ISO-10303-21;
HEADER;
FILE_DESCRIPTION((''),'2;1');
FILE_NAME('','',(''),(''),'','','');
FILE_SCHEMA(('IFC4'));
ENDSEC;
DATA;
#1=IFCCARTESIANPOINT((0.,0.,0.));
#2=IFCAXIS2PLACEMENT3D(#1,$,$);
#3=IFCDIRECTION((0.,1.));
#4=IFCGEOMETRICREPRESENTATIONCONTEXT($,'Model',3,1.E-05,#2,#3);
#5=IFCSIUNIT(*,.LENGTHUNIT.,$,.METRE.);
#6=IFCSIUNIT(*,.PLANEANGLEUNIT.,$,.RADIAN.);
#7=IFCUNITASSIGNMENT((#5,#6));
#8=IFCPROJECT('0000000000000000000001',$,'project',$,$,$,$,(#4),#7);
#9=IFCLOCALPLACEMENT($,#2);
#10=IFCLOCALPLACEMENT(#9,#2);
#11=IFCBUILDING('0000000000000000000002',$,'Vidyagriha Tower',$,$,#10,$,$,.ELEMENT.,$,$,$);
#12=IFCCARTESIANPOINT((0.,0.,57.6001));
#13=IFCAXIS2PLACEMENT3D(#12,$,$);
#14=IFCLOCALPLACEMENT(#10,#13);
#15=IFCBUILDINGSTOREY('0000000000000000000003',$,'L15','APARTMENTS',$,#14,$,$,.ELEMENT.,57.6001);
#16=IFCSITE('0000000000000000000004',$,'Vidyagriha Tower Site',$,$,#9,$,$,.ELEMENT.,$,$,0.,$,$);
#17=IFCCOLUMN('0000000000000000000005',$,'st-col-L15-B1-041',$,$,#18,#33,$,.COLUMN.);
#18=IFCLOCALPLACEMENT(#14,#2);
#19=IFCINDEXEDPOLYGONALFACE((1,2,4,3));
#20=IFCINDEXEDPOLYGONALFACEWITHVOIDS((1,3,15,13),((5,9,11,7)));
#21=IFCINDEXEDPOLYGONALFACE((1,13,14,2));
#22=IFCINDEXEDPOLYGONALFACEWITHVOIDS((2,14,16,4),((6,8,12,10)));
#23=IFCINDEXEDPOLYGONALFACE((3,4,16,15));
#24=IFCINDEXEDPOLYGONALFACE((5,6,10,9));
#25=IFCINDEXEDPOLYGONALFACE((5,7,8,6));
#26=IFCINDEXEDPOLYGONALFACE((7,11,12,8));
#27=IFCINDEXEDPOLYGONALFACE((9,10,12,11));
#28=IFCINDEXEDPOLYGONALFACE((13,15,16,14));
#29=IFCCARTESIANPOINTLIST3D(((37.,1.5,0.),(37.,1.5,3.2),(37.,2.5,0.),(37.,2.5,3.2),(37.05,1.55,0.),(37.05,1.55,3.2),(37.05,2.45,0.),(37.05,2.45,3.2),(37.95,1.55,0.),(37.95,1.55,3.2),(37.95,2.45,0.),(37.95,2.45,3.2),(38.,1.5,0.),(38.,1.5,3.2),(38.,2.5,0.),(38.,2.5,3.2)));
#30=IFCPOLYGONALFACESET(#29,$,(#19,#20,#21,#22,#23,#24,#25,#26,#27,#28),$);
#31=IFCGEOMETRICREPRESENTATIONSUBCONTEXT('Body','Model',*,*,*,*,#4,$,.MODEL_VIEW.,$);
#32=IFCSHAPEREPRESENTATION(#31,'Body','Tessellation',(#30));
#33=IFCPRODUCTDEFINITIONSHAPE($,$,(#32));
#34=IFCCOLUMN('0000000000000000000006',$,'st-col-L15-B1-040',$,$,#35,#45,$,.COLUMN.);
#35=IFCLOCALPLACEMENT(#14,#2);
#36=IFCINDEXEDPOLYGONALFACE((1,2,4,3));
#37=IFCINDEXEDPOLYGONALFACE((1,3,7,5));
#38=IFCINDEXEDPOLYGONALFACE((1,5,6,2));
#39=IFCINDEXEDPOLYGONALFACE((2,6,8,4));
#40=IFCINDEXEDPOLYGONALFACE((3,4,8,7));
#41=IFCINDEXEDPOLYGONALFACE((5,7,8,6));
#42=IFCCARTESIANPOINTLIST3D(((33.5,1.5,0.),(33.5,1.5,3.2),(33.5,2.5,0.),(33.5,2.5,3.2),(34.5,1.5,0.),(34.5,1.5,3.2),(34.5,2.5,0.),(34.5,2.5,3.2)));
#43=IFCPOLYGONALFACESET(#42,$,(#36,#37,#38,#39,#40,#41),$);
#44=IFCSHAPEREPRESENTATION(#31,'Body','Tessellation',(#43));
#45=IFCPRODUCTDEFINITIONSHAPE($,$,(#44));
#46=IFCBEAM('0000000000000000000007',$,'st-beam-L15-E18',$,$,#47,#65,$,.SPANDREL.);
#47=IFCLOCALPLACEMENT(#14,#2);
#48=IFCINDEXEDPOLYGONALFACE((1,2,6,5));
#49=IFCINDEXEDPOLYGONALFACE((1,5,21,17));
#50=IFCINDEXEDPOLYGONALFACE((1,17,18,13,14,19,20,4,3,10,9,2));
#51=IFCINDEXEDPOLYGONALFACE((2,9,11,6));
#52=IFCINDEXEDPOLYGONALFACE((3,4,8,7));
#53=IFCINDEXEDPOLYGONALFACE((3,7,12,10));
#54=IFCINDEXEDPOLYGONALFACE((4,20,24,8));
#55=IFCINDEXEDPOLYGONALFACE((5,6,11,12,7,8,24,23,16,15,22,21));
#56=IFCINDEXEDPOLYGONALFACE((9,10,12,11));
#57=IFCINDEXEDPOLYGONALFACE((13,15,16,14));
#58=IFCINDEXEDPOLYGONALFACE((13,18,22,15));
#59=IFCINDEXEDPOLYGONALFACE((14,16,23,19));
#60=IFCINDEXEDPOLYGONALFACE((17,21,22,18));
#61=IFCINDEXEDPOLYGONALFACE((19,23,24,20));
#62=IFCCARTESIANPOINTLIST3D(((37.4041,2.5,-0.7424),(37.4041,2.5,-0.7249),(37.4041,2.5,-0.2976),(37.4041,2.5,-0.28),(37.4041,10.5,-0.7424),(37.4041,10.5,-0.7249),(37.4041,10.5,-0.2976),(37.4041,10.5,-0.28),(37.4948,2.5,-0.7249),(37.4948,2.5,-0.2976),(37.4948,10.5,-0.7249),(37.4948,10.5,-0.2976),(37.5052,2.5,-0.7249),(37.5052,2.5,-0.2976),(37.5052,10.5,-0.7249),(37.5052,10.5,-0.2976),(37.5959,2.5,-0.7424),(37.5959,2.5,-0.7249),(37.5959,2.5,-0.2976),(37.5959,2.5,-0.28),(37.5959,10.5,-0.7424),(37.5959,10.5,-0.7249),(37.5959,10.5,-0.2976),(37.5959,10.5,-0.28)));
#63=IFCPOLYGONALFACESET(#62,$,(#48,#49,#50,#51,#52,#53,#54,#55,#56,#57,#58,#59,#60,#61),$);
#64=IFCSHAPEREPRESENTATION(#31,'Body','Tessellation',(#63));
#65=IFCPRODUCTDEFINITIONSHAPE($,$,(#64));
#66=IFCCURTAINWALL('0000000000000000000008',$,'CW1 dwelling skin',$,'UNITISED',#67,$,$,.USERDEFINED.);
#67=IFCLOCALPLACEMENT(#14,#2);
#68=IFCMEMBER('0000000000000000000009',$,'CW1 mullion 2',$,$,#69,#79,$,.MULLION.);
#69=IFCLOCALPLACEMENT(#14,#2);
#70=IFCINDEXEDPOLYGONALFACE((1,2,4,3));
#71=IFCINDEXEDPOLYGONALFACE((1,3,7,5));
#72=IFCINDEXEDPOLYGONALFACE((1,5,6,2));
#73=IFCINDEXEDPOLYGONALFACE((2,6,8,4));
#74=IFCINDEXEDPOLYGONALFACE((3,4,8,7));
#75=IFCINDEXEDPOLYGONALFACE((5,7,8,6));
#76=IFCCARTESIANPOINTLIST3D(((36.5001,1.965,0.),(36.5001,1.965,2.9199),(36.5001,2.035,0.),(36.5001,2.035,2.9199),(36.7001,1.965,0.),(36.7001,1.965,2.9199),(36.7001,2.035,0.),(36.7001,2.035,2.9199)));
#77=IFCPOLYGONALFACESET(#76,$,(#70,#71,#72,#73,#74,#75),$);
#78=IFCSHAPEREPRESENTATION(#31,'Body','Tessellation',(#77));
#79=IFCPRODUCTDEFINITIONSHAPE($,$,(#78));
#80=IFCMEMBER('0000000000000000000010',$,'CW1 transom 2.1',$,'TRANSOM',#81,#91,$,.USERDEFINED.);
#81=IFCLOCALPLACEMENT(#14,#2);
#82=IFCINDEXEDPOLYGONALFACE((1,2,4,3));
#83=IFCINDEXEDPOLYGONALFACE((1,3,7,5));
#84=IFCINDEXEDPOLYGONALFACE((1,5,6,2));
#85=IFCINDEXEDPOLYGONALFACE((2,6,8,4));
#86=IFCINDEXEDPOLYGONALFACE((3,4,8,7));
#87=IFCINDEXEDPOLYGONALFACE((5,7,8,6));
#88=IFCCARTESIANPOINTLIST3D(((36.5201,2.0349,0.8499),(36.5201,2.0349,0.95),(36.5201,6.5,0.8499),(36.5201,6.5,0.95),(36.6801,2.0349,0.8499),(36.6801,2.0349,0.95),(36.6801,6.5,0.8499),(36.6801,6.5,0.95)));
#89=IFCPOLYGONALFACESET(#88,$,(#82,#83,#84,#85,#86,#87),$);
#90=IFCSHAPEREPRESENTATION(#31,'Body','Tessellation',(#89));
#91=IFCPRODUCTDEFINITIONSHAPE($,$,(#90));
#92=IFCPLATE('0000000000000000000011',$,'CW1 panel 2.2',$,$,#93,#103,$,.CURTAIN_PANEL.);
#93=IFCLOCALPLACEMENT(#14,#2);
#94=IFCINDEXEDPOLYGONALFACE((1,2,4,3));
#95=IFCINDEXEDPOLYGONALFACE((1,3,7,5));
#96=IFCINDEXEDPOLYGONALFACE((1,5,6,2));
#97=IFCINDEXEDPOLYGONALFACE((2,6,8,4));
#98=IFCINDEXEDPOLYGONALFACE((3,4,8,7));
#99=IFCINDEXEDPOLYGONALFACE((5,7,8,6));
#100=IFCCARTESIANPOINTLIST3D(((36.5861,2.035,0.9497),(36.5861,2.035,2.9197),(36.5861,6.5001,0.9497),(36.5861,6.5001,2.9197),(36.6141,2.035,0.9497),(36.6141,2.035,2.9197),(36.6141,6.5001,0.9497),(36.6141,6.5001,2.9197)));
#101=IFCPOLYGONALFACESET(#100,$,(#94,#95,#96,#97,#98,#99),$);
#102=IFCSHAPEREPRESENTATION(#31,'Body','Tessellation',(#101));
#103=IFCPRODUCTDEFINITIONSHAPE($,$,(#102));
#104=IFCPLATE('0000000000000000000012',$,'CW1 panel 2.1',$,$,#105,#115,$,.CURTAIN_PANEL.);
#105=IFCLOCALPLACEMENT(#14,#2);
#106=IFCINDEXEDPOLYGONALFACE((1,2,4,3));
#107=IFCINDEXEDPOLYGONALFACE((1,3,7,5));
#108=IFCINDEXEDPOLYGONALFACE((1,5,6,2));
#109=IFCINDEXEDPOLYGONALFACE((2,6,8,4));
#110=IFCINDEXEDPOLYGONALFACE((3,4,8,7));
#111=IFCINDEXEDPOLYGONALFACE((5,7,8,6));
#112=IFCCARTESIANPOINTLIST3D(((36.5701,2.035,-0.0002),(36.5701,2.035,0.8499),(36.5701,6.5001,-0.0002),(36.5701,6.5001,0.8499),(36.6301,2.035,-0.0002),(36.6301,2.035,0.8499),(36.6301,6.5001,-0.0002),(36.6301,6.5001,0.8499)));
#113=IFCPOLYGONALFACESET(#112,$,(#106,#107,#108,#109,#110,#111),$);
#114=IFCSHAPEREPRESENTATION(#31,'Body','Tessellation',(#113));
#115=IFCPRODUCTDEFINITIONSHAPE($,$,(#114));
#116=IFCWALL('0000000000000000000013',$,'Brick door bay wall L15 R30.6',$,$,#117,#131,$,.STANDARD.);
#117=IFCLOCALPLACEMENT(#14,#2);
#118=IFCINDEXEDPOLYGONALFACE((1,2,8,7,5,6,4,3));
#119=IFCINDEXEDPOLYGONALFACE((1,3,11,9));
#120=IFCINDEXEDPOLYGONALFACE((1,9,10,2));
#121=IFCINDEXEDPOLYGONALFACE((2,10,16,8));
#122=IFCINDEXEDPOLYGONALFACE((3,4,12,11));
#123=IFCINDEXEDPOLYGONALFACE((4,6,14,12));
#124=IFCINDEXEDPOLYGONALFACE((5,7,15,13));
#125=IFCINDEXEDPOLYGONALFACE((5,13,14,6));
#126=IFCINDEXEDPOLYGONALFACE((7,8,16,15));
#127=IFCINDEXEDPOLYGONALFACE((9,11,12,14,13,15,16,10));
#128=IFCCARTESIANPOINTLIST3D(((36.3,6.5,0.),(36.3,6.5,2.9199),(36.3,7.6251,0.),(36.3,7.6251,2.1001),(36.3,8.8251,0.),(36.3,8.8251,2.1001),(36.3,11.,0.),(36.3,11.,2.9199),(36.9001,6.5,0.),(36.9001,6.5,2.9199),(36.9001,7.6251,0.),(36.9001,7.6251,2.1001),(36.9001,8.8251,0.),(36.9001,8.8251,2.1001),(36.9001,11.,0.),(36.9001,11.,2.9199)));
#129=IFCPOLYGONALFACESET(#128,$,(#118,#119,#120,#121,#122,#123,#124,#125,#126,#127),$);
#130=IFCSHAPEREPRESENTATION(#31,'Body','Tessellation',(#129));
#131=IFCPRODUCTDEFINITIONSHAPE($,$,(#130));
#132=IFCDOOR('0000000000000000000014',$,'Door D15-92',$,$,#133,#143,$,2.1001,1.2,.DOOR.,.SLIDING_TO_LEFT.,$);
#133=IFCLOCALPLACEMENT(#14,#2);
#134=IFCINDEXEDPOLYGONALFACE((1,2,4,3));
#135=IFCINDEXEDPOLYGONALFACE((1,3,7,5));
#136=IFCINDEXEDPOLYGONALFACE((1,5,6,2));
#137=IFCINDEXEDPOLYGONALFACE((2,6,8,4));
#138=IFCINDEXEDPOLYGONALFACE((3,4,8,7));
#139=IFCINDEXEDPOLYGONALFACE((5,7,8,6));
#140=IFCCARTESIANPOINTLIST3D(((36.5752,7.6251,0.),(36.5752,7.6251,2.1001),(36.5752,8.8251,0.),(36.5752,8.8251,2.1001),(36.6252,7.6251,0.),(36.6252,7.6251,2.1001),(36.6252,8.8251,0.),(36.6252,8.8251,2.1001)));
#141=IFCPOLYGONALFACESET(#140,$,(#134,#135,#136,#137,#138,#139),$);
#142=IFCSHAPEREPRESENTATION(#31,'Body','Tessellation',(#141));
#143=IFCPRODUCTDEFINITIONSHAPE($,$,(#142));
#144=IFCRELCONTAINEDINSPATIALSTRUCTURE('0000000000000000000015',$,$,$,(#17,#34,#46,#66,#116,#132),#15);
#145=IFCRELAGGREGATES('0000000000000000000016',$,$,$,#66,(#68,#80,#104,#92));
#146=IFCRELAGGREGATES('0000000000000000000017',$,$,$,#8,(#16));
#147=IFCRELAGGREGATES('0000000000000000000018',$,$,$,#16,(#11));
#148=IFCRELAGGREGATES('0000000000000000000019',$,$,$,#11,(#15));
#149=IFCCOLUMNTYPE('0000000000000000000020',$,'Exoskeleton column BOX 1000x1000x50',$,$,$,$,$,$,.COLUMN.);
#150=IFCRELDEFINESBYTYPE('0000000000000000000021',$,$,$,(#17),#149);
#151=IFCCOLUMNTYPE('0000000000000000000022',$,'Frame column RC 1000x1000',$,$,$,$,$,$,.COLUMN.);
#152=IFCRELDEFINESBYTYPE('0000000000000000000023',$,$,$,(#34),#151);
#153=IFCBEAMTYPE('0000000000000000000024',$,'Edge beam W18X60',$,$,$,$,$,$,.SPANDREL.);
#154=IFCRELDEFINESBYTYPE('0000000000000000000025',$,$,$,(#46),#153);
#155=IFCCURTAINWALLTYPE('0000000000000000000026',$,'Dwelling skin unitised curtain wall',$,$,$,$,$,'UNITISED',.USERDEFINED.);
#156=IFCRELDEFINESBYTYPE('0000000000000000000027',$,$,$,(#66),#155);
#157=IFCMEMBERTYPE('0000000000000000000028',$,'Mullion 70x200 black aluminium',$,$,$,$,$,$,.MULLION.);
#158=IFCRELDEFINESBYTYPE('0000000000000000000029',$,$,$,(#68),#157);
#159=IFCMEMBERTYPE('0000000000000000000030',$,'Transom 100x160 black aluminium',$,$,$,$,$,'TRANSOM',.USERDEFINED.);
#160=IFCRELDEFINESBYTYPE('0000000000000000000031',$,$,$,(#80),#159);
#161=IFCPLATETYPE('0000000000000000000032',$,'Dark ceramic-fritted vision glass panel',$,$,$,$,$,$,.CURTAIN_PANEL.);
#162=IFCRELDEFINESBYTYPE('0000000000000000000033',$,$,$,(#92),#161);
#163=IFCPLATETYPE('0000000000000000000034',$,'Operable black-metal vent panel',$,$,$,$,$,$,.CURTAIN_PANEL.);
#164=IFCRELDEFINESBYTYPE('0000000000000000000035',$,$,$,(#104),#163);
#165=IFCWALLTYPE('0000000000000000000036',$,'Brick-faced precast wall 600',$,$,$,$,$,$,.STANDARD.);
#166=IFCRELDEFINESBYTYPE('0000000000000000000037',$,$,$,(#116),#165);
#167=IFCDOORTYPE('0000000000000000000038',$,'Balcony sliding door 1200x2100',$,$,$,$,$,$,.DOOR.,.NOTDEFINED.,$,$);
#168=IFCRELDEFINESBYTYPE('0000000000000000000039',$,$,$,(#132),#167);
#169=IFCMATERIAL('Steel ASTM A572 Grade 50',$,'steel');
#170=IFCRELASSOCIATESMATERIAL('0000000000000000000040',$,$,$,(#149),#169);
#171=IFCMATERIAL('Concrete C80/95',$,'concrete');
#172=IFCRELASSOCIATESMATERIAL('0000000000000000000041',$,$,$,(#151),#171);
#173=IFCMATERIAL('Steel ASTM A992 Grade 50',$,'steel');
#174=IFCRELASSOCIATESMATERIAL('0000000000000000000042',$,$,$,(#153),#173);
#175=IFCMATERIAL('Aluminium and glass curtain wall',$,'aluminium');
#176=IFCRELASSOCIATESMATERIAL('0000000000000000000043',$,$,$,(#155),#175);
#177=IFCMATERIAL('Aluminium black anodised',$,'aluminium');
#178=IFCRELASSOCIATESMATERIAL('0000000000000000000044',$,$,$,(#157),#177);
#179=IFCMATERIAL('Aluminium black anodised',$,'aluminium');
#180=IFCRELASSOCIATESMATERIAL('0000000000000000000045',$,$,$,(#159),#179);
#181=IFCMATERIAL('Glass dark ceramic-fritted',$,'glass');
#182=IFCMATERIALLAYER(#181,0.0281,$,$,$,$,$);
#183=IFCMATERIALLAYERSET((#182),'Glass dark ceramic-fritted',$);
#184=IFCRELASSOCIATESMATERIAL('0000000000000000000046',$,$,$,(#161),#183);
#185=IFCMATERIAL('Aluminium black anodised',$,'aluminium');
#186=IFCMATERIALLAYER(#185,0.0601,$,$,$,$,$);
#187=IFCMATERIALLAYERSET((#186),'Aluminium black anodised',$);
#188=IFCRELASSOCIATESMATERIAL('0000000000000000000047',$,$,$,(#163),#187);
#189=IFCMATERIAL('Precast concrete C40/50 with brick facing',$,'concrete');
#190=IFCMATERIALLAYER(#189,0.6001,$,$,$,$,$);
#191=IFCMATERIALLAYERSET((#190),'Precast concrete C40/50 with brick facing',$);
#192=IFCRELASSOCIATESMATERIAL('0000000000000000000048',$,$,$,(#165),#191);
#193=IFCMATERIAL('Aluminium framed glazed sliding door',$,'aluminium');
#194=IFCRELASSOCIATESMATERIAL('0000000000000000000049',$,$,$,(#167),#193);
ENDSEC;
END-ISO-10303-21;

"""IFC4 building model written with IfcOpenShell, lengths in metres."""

from ifc_helpers import new_model, si_unit, direction, frame, frame_2d, origin, origin_2d, place, context, subcontext, project, spatial, rectangle, hollow_rectangle, i_section, extrude, material, layer, layer_set, material_profile, profile_set, type_object, element, fill, aggregate, save


model = new_model("IFC4")

# Units and contexts
model_context = context("Model", 3, precision=1e-05, world=origin(), true_north=direction((0.0, 1.0)))
body_context = subcontext(model_context, "Body", "Model", "MODEL_VIEW")
ifc_project = project(units=[si_unit("LENGTHUNIT", "METRE"), si_unit("PLANEANGLEUNIT", "RADIAN")], contexts=[model_context])

# Site, building, storey
site_placement = place(None, origin())
site = spatial("IfcSite", under=ifc_project, at=site_placement, Name="Vidyagriha Tower Site", CompositionType="ELEMENT", RefElevation=0.0)
building_placement = place(site_placement, origin())
building = spatial("IfcBuilding", under=site, at=building_placement, Name="Vidyagriha Tower", CompositionType="ELEMENT")
storey_placement = place(building_placement, frame((0.0, 0.0, 57.6001)))
storey = spatial("IfcBuildingStorey", under=building, at=storey_placement, Name="L15", Description="APARTMENTS", CompositionType="ELEMENT", Elevation=57.6001)

# Columns
ifc_material_1 = material(Name="Steel ASTM A572 Grade 50", Category="steel")
ifc_material_profile_1 = material_profile(ifc_material_1, hollow_rectangle(XDim=1.0, YDim=1.0, WallThickness=0.05, at=origin_2d()), Name="BOX 1000x1000x50")
ifc_profile_set_1 = profile_set([ifc_material_profile_1], Name="Steel ASTM A572 Grade 50")
column_type_1 = type_object("IfcColumnType", Name="Exoskeleton column BOX 1000x1000x50", PredefinedType="COLUMN", material=ifc_profile_set_1)
column_1_placement = place(storey_placement, frame((37.5, 2.0, 0.0)))
element("IfcColumn", 1, at=column_1_placement, inside=storey, type_object=column_type_1, Name="st-col-L15-B1-041", PredefinedType="COLUMN", context=body_context, shape_type="SweptSolid", body=[
    extrude(hollow_rectangle(XDim=1.0, YDim=1.0, WallThickness=0.05, at=origin_2d()), origin(), (0.0, 0.0, 1.0), 3.2),
])
ifc_material_2 = material(Name="Concrete C80/95", Category="concrete")
ifc_material_profile_2 = material_profile(ifc_material_2, rectangle(XDim=1.0, YDim=1.0, at=origin_2d()), Name="RC 1000x1000")
ifc_profile_set_2 = profile_set([ifc_material_profile_2], Name="Concrete C80/95")
column_type_2 = type_object("IfcColumnType", Name="Frame column RC 1000x1000", PredefinedType="COLUMN", material=ifc_profile_set_2)
column_2_placement = place(storey_placement, frame((34.0, 2.0, 0.0)))
element("IfcColumn", 2, at=column_2_placement, inside=storey, type_object=column_type_2, Name="st-col-L15-B1-040", PredefinedType="COLUMN", context=body_context, shape_type="SweptSolid", body=[
    extrude(rectangle(XDim=1.0, YDim=1.0, at=origin_2d()), origin(), (0.0, 0.0, 1.0), 3.2),
])

# Beam
ifc_material_3 = material(Name="Steel ASTM A992 Grade 50", Category="steel")
ifc_material_profile_3 = material_profile(ifc_material_3, i_section(OverallWidth=0.1919, OverallDepth=0.4624, WebThickness=0.0105, FlangeThickness=0.0176, at=origin_2d()), Name="W18X60")
ifc_profile_set_3 = profile_set([ifc_material_profile_3], Name="Steel ASTM A992 Grade 50")
beam_type = type_object("IfcBeamType", Name="Edge beam W18X60", PredefinedType="SPANDREL", material=ifc_profile_set_3)
beam_placement = place(storey_placement, frame((37.5, 2.5, -0.5112), z_axis=(0.0, 1.0, 0.0), x_axis=(-1.0, 0.0, 0.0)))
element("IfcBeam", 3, at=beam_placement, inside=storey, type_object=beam_type, Name="st-beam-L15-E18", PredefinedType="SPANDREL", context=body_context, shape_type="SweptSolid", body=[
    extrude(i_section(OverallWidth=0.1919, OverallDepth=0.4624, WebThickness=0.0105, FlangeThickness=0.0176, at=origin_2d()), origin(), (0.0, 0.0, 1.0), 8.0),
])

# Curtain wall, members, plates
ifc_material_4 = material(Name="Aluminium and glass curtain wall", Category="aluminium")
curtain_wall_type = type_object("IfcCurtainWallType", Name="Dwelling skin unitised curtain wall", ElementType="UNITISED", PredefinedType="USERDEFINED", material=ifc_material_4)
curtain_wall_placement = place(storey_placement, origin())
curtain_wall = element("IfcCurtainWall", 4, at=curtain_wall_placement, inside=storey, type_object=curtain_wall_type, Name="CW1 dwelling skin", ObjectType="UNITISED", PredefinedType="USERDEFINED")
ifc_material_5 = material(Name="Aluminium black anodised", Category="aluminium")
ifc_material_profile_4 = material_profile(ifc_material_5, rectangle(XDim=0.2, YDim=0.0701, at=origin_2d()), Name="Mullion 70x200 black aluminium")
ifc_profile_set_4 = profile_set([ifc_material_profile_4], Name="Aluminium black anodised")
member_type_1 = type_object("IfcMemberType", Name="Mullion 70x200 black aluminium", PredefinedType="MULLION", material=ifc_profile_set_4)
member_1_placement = place(storey_placement, frame((36.6001, 2.0, 0.0), z_axis=(0.0, 0.0, 1.0), x_axis=(-1.0, 0.0, 0.0)))
member_1 = element("IfcMember", 5, at=member_1_placement, type_object=member_type_1, Name="CW1 mullion 2", PredefinedType="MULLION", context=body_context, shape_type="SweptSolid", body=[
    extrude(rectangle(XDim=0.2, YDim=0.0701, at=origin_2d()), origin(), (0.0, 0.0, 1.0), 2.9199),
])
ifc_material_6 = material(Name="Aluminium black anodised", Category="aluminium")
ifc_material_profile_5 = material_profile(ifc_material_6, rectangle(XDim=0.1599, YDim=0.1001, at=origin_2d()), Name="Transom 100x160 black aluminium")
ifc_profile_set_5 = profile_set([ifc_material_profile_5], Name="Aluminium black anodised")
member_type_2 = type_object("IfcMemberType", Name="Transom 100x160 black aluminium", ElementType="TRANSOM", PredefinedType="USERDEFINED", material=ifc_profile_set_5)
member_2_placement = place(storey_placement, frame((36.6001, 2.0349, 0.8999), z_axis=(0.0, 1.0, 0.0), x_axis=(-1.0, 0.0, 0.0)))
member_2 = element("IfcMember", 6, at=member_2_placement, type_object=member_type_2, Name="CW1 transom 2.1", ObjectType="TRANSOM", PredefinedType="USERDEFINED", context=body_context, shape_type="SweptSolid", body=[
    extrude(rectangle(XDim=0.1599, YDim=0.1001, at=origin_2d()), origin(), (0.0, 0.0, 1.0), 4.4651),
])
ifc_material_7 = material(Name="Glass dark ceramic-fritted", Category="glass")
ifc_layer_1 = layer(ifc_material_7, 0.0281)
ifc_layer_set_1 = layer_set([ifc_layer_1], Name="Glass dark ceramic-fritted")
plate_type_1 = type_object("IfcPlateType", Name="Dark ceramic-fritted vision glass panel", PredefinedType="CURTAIN_PANEL", material=ifc_layer_set_1)
plate_1_placement = place(storey_placement, frame((36.6001, 4.2676, 0.9497), z_axis=(0.0, 0.0, 1.0), x_axis=(0.0, 1.0, 0.0)))
plate_1 = element("IfcPlate", 7, at=plate_1_placement, type_object=plate_type_1, Name="CW1 panel 2.2", PredefinedType="CURTAIN_PANEL", context=body_context, shape_type="SweptSolid", body=[
    extrude(rectangle(XDim=4.4651, YDim=0.0281, at=origin_2d()), origin(), (0.0, 0.0, 1.0), 1.97),
])
ifc_material_8 = material(Name="Aluminium black anodised", Category="aluminium")
ifc_layer_2 = layer(ifc_material_8, 0.0601)
ifc_layer_set_2 = layer_set([ifc_layer_2], Name="Aluminium black anodised")
plate_type_2 = type_object("IfcPlateType", Name="Operable black-metal vent panel", PredefinedType="CURTAIN_PANEL", material=ifc_layer_set_2)
plate_2_placement = place(storey_placement, frame((36.6001, 4.2676, -0.0002), z_axis=(0.0, 0.0, 1.0), x_axis=(0.0, 1.0, 0.0)))
plate_2 = element("IfcPlate", 8, at=plate_2_placement, type_object=plate_type_2, Name="CW1 panel 2.1", PredefinedType="CURTAIN_PANEL", context=body_context, shape_type="SweptSolid", body=[
    extrude(rectangle(XDim=4.4651, YDim=0.0601, at=origin_2d()), origin(), (0.0, 0.0, 1.0), 0.8501),
])
aggregate(curtain_wall, [member_1, member_2, plate_2, plate_1])

# Wall, opening, door
ifc_material_9 = material(Name="Precast concrete C40/50 with brick facing", Category="concrete")
ifc_layer_3 = layer(ifc_material_9, 0.6001)
ifc_layer_set_3 = layer_set([ifc_layer_3], Name="Precast concrete C40/50 with brick facing")
wall_type_1 = type_object("IfcWallType", Name="Brick-faced precast wall 600", PredefinedType="STANDARD", material=ifc_layer_set_3)
wall_1_placement = place(storey_placement, frame((36.6001, 6.5, 0.0), z_axis=(0.0, 0.0, 1.0), x_axis=(0.0, 1.0, 0.0)))
wall_1 = element("IfcWall", 9, at=wall_1_placement, inside=storey, type_object=wall_type_1, Name="Brick door bay wall L15 R30.6", PredefinedType="STANDARD", context=body_context, shape_type="SweptSolid", body=[
    extrude(rectangle(XDim=4.5, YDim=0.6001, at=frame_2d((2.25, 0.0))), origin(), (0.0, 0.0, 1.0), 2.9199),
])
opening_1_placement = place(wall_1_placement, frame((1.125, 0.0, 0.0)))
opening_1 = element("IfcOpeningElement", 10, at=opening_1_placement, cuts=wall_1, PredefinedType="OPENING", context=body_context, shape_type="SweptSolid", body=[
    extrude(rectangle(XDim=1.2, YDim=2.1001, at=frame_2d((0.6001, 1.05))), frame((0.0, 0.3101, 0.0), z_axis=(0.0, -1.0, 0.0), x_axis=(1.0, 0.0, 0.0)), (0.0, 0.0, 1.0), 0.6201),
])
ifc_material_10 = material(Name="Aluminium framed glazed sliding door", Category="aluminium")
door_type_1 = type_object("IfcDoorType", Name="Balcony sliding door 1200x2100", OperationType="NOTDEFINED", PredefinedType="DOOR", material=ifc_material_10)
door_1_placement = place(opening_1_placement, origin())
door_1 = element("IfcDoor", 11, at=door_1_placement, inside=storey, type_object=door_type_1, Name="Door D15-92", OperationType="SLIDING_TO_LEFT", OverallHeight=2.1001, OverallWidth=1.2, PredefinedType="DOOR", context=body_context, shape_type="SweptSolid", body=[
    extrude(rectangle(XDim=1.2, YDim=2.1001, at=frame_2d((0.6001, 1.05))), frame((0.0, 0.0249, 0.0), z_axis=(0.0, -1.0, 0.0), x_axis=(1.0, 0.0, 0.0)), (0.0, 0.0, 1.0), 0.05),
])
fill(opening_1, door_1)

save(model, "model.ifc")
